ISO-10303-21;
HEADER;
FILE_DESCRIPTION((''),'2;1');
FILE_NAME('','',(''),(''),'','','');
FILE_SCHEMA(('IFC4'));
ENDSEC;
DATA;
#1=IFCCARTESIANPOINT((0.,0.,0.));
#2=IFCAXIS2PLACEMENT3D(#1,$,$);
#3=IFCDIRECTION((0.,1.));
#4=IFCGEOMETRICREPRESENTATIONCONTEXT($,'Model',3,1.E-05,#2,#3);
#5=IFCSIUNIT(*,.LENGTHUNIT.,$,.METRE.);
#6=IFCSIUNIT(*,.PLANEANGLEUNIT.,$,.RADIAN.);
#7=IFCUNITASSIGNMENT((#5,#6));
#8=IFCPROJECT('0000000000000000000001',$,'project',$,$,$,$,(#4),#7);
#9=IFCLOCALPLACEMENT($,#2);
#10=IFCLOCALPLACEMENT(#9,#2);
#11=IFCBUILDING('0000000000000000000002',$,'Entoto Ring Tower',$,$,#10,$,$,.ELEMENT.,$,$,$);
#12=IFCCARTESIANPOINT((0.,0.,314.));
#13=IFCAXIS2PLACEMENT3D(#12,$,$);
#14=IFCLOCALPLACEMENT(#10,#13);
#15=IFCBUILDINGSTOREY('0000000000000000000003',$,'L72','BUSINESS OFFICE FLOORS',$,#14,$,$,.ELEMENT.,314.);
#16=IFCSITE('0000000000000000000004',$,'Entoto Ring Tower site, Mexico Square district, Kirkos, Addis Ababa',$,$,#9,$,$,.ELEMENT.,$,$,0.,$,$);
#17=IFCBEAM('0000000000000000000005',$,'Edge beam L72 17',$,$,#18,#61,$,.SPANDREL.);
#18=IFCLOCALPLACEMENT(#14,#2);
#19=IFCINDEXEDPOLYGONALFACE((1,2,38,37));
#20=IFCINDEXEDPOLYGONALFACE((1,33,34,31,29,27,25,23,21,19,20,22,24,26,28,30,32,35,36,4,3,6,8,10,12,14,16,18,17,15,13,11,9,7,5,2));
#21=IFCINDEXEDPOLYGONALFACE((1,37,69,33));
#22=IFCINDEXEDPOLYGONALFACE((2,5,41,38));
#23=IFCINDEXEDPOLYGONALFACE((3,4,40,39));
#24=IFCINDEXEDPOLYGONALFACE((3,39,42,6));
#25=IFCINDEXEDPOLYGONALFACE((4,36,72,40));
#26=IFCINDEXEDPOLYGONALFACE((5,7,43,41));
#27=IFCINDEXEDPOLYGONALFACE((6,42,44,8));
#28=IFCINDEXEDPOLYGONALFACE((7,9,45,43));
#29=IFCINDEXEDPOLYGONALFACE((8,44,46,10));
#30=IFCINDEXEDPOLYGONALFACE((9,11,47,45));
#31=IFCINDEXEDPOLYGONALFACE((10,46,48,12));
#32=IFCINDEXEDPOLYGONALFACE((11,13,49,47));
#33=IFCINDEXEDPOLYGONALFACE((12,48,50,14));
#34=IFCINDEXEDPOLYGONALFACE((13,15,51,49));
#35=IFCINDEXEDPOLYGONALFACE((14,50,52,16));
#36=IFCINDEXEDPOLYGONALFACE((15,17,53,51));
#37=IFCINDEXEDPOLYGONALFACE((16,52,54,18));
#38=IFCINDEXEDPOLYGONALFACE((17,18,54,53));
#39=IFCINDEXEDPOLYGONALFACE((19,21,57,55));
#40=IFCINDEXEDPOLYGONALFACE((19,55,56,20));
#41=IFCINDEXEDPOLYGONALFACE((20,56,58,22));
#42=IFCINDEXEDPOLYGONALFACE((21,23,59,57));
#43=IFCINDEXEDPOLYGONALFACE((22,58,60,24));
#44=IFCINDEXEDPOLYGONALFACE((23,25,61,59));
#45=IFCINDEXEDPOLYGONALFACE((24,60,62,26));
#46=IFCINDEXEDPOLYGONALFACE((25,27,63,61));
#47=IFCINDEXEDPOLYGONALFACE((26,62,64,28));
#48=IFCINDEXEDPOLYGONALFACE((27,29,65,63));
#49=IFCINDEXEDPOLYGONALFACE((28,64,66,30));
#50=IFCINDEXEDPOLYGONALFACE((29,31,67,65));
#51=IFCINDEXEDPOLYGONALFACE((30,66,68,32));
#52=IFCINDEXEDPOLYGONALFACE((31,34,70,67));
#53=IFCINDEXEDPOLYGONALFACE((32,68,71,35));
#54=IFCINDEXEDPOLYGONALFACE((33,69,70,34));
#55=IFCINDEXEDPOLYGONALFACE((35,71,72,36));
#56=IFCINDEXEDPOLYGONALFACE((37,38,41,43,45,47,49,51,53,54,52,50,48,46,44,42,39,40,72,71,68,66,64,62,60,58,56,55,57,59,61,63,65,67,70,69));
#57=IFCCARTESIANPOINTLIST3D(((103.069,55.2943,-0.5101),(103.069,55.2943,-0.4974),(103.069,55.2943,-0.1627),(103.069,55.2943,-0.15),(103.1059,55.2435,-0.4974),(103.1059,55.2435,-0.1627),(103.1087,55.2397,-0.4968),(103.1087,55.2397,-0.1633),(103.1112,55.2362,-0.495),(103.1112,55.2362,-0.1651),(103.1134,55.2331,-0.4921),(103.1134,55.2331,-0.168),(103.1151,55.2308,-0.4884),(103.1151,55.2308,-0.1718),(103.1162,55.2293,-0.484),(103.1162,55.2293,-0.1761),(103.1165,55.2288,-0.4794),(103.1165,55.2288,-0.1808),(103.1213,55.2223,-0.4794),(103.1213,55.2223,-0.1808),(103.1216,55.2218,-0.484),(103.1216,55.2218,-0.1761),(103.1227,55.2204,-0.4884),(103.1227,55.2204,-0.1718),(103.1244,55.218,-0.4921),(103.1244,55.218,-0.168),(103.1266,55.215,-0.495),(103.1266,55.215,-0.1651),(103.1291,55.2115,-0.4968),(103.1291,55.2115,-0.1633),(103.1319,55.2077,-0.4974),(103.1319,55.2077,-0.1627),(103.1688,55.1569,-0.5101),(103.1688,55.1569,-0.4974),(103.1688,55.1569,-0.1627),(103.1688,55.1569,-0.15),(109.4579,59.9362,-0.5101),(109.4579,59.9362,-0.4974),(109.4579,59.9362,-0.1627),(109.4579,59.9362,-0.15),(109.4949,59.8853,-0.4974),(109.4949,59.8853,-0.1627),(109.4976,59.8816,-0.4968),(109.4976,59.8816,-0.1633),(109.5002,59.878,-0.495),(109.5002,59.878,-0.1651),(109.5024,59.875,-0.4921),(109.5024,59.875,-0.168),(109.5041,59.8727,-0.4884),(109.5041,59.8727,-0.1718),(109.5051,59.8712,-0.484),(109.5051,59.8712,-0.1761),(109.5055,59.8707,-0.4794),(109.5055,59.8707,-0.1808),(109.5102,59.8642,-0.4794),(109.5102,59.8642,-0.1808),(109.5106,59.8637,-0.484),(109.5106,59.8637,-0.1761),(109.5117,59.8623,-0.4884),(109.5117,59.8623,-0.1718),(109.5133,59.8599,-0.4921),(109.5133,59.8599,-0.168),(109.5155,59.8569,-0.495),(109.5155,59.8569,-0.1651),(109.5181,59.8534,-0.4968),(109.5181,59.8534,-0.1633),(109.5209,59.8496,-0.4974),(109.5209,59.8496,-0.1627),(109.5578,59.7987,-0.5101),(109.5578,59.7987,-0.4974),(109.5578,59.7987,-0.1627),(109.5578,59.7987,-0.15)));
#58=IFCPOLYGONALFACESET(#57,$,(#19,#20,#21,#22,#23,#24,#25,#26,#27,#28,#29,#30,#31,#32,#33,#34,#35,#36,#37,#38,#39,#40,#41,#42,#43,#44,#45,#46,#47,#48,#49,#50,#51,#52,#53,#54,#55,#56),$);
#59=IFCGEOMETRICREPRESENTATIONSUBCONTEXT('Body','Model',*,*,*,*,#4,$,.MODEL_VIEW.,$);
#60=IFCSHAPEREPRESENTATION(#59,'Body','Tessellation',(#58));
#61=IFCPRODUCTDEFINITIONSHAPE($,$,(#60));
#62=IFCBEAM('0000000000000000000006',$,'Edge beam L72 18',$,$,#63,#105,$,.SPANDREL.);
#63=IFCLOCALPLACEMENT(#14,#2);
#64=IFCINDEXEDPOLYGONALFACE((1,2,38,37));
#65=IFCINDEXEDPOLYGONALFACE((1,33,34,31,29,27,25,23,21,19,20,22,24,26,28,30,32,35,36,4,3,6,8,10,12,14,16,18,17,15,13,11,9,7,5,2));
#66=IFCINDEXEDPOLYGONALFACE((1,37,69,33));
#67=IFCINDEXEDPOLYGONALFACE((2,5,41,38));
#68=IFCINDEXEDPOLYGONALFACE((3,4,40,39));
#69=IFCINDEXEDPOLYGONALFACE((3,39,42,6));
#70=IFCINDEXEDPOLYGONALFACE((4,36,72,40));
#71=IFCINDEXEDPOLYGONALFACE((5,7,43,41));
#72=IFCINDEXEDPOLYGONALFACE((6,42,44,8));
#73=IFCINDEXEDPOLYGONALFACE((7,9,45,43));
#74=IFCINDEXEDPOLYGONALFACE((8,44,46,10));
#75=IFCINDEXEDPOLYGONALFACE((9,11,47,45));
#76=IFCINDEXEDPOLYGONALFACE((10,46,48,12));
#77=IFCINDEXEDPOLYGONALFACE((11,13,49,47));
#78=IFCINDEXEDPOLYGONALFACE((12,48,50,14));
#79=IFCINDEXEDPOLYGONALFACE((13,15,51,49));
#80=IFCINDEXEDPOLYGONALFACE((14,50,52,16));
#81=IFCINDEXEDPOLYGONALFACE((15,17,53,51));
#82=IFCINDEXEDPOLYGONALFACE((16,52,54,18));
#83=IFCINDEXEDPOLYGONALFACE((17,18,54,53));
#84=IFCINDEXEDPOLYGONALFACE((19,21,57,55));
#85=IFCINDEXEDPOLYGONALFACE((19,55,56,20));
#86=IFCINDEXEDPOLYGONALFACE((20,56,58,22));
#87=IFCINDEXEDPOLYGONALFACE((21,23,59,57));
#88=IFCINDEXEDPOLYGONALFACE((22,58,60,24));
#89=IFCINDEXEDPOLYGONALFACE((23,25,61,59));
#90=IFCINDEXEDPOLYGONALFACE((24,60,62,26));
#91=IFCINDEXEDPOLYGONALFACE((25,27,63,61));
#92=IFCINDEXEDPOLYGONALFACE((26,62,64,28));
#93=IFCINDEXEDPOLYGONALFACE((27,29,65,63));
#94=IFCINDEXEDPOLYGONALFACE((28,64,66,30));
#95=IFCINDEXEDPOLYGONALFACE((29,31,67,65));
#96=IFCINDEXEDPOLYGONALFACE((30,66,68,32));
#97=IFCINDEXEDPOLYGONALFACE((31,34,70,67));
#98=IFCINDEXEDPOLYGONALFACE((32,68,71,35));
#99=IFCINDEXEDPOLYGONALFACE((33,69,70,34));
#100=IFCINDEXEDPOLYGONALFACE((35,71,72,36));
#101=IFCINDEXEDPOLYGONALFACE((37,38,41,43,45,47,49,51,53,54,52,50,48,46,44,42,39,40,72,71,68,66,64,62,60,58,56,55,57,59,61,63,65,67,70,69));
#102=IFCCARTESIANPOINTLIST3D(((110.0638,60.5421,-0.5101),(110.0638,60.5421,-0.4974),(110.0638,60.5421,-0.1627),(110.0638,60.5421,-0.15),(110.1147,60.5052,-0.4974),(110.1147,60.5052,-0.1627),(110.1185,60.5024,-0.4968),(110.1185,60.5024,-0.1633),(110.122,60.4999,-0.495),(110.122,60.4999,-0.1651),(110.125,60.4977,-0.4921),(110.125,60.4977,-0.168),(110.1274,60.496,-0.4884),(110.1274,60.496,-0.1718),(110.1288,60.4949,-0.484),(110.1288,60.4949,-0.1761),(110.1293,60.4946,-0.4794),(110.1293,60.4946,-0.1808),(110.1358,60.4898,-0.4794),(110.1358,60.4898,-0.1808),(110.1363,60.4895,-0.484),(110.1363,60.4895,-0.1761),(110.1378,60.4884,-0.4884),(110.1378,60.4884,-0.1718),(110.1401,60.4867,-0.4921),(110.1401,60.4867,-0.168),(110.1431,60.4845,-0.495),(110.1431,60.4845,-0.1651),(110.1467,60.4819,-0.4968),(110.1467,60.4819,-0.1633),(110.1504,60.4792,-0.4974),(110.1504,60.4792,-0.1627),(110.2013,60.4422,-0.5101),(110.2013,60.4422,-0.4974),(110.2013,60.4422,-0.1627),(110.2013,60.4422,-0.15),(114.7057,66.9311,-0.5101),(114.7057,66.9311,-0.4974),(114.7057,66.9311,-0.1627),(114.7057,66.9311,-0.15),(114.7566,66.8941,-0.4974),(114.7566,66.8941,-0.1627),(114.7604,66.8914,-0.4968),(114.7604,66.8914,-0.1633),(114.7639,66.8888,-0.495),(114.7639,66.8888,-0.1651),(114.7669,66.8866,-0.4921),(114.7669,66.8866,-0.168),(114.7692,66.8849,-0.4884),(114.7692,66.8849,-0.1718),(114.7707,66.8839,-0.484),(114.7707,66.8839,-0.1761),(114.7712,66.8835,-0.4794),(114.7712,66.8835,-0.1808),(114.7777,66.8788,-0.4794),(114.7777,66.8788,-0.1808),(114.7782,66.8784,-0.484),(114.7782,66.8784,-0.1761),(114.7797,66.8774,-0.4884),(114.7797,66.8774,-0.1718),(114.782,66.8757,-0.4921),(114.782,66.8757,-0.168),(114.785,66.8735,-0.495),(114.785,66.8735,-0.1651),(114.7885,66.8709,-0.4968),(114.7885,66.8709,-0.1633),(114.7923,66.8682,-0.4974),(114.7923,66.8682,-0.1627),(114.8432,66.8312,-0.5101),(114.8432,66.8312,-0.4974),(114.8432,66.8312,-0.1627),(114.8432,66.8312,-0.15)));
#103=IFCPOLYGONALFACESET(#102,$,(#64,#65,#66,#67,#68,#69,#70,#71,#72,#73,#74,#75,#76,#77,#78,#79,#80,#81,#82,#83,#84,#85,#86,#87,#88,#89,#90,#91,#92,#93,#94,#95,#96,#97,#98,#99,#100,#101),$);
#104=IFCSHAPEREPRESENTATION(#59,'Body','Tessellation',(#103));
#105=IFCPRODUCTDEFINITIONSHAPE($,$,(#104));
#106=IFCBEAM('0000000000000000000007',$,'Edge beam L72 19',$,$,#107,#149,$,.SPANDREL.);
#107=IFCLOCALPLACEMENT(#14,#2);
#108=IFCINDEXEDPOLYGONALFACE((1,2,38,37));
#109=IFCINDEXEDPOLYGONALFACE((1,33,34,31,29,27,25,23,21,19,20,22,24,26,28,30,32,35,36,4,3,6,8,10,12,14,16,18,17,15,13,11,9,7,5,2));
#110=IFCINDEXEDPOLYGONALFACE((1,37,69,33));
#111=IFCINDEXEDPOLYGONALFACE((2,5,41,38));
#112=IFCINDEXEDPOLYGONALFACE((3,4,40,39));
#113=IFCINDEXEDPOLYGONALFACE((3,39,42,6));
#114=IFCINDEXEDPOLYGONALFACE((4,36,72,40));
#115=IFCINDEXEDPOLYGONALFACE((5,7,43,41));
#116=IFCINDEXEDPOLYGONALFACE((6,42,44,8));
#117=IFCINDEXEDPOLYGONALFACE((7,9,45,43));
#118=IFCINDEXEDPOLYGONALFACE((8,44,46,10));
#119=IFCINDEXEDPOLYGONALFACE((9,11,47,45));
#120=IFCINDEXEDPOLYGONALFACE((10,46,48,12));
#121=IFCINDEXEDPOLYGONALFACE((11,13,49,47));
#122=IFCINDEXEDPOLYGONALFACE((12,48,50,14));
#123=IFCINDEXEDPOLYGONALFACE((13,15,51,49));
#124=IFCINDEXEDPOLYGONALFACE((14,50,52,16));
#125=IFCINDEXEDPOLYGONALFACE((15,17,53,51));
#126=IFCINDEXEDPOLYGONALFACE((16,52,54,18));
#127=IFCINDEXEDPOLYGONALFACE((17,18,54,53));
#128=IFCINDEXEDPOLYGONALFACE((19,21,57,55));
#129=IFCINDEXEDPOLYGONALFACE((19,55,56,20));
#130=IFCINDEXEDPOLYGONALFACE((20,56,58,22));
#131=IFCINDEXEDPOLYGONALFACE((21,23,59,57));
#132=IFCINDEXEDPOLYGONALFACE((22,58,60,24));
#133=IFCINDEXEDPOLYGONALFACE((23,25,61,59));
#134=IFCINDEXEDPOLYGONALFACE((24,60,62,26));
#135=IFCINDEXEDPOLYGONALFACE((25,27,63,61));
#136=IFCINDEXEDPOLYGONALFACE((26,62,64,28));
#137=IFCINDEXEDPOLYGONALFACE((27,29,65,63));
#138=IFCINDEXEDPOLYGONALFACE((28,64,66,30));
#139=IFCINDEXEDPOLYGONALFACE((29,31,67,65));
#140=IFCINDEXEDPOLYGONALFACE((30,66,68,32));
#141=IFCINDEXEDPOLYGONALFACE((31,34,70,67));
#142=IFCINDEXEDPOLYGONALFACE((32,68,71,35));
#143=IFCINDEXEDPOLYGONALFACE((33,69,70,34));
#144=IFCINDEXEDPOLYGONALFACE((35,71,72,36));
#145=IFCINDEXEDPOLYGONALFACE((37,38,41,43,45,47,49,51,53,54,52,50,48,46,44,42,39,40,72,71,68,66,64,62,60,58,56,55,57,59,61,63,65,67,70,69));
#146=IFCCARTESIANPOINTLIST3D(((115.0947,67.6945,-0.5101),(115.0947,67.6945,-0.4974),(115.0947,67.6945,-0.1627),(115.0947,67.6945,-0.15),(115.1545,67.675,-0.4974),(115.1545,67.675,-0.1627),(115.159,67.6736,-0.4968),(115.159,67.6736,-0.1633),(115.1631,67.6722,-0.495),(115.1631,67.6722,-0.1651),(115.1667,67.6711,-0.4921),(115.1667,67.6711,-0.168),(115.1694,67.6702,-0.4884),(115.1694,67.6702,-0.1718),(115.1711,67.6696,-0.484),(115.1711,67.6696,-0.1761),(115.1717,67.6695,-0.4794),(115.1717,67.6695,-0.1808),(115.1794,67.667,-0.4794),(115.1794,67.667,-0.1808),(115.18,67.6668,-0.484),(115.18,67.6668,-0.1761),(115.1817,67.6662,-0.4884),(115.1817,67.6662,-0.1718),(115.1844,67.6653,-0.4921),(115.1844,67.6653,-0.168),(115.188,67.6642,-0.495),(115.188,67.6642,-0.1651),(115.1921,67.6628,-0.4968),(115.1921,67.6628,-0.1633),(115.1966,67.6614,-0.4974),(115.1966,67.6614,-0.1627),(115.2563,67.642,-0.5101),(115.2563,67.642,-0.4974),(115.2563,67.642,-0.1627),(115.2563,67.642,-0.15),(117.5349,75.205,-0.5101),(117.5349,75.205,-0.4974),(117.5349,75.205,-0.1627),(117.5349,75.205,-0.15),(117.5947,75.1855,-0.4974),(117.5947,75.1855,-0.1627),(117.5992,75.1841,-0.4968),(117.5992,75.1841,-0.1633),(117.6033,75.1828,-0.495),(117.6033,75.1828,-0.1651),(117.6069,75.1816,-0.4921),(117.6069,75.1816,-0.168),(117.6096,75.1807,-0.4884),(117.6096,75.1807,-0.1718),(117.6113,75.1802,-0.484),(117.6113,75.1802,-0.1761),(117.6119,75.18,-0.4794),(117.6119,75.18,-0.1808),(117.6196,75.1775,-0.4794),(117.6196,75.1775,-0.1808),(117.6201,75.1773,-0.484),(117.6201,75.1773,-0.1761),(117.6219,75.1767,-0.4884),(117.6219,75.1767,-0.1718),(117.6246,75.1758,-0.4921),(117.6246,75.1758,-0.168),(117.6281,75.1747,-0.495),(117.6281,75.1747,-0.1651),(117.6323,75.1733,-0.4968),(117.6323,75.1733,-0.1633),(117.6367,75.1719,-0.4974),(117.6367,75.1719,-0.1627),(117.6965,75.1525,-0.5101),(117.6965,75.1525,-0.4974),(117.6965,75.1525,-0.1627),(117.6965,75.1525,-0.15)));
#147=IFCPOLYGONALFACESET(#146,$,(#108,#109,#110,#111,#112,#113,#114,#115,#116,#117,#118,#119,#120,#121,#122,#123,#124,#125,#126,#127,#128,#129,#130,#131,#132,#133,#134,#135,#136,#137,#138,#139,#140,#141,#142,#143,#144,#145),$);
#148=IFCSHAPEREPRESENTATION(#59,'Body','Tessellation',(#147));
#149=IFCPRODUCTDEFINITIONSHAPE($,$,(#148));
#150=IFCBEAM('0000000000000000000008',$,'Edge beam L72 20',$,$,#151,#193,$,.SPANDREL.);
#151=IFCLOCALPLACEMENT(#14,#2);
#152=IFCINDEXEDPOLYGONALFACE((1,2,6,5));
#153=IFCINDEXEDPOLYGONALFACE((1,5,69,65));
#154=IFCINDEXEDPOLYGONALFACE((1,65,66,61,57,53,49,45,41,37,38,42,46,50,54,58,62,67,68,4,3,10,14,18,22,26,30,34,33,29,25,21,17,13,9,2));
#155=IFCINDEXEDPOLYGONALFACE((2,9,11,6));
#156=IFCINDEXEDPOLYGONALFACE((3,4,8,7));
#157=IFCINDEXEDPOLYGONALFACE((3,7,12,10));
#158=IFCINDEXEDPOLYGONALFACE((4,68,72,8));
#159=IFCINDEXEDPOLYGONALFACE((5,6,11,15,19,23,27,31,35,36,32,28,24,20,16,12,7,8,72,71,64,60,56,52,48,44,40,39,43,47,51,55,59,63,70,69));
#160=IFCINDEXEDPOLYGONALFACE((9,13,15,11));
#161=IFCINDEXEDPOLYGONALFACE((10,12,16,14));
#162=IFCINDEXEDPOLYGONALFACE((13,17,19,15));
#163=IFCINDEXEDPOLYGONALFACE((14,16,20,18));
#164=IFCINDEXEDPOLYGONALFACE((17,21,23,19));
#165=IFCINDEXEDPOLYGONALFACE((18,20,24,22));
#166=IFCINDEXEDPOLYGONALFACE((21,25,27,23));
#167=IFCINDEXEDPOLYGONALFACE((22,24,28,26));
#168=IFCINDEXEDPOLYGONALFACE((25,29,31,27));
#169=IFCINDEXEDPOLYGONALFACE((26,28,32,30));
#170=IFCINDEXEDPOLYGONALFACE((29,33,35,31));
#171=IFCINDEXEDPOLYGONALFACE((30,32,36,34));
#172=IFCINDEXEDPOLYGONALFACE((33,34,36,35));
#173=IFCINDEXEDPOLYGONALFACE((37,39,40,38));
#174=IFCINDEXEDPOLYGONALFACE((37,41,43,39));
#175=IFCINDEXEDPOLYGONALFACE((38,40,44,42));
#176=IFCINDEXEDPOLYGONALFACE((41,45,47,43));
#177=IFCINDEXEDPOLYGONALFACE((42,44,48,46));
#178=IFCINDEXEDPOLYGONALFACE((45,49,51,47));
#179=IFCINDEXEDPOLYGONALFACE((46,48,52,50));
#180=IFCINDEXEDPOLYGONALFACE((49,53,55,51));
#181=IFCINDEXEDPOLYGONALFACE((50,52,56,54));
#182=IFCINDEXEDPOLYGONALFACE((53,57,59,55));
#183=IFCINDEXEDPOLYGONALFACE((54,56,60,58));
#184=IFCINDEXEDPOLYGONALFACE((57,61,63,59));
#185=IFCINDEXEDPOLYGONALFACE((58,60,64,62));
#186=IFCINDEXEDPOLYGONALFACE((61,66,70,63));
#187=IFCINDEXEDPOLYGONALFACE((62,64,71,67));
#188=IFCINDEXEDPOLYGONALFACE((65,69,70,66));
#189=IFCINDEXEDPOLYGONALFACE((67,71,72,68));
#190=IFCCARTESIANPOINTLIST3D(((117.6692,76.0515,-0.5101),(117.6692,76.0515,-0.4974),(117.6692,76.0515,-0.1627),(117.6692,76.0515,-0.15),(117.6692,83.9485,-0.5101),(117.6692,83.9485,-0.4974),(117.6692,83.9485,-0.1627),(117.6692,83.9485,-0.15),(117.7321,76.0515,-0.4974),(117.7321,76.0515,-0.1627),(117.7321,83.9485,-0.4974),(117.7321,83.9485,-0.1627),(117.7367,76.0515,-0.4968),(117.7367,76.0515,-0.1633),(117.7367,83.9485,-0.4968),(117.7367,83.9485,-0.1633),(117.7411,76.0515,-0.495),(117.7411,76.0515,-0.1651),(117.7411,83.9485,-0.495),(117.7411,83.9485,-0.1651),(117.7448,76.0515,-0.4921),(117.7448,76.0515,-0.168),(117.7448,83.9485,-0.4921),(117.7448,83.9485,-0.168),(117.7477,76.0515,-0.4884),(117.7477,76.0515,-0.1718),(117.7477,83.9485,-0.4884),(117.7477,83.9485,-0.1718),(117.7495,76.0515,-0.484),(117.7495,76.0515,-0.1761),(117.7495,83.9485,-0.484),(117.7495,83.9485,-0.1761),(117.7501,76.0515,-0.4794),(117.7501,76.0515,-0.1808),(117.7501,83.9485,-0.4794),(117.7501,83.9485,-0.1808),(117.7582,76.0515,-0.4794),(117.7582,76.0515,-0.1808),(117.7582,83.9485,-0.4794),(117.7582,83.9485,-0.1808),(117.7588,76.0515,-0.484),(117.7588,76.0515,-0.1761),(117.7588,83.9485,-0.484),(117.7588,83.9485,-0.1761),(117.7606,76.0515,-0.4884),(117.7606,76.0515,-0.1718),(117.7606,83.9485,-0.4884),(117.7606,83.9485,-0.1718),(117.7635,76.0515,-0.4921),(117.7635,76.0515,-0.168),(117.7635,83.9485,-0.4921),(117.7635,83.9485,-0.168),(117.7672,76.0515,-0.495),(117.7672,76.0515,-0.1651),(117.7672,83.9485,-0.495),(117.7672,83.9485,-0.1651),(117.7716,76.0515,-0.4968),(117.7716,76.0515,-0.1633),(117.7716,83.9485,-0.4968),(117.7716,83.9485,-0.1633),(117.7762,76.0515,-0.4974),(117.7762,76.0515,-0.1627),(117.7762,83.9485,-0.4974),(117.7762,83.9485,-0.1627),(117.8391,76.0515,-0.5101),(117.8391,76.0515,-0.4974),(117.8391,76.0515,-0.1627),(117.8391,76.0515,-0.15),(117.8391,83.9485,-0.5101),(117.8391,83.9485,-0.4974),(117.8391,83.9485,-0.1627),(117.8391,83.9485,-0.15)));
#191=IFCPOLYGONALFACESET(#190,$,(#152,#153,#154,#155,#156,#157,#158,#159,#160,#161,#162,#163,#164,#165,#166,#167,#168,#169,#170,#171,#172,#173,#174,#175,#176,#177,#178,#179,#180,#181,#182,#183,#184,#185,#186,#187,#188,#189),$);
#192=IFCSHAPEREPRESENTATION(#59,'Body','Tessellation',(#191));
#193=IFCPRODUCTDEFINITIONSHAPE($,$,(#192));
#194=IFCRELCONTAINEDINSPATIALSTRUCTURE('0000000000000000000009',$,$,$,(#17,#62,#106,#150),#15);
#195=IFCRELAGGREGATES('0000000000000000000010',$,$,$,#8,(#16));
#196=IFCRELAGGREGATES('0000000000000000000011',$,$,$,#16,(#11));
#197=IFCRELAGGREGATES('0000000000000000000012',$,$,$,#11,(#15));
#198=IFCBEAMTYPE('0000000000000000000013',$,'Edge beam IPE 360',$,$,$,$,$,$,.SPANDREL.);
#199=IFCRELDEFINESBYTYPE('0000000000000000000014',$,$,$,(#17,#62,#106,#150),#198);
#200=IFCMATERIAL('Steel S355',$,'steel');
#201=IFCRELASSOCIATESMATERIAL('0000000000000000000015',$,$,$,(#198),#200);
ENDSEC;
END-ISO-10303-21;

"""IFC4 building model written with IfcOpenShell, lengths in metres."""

from ifc_helpers import new_model, si_unit, direction, frame, origin, origin_2d, place, context, subcontext, project, spatial, i_section, extrude, material, material_profile, profile_set, type_object, element, save


model = new_model("IFC4")

# Units and contexts
model_context = context("Model", 3, precision=1e-05, world=origin(), true_north=direction((0.0, 1.0)))
body_context = subcontext(model_context, "Body", "Model", "MODEL_VIEW")
ifc_project = project(units=[si_unit("LENGTHUNIT", "METRE"), si_unit("PLANEANGLEUNIT", "RADIAN")], contexts=[model_context])

# Site, building, storey
site_placement = place(None, origin())
site = spatial("IfcSite", under=ifc_project, at=site_placement, Name="Entoto Ring Tower site, Mexico Square district, Kirkos, Addis Ababa", CompositionType="ELEMENT", RefElevation=0.0)
building_placement = place(site_placement, origin())
building = spatial("IfcBuilding", under=site, at=building_placement, Name="Entoto Ring Tower", CompositionType="ELEMENT")
storey_placement = place(building_placement, frame((0.0, 0.0, 314.0)))
storey = spatial("IfcBuildingStorey", under=building, at=storey_placement, Name="L72", Description="BUSINESS OFFICE FLOORS", CompositionType="ELEMENT", Elevation=314.0)

# Beams
ifc_material_1 = material(Name="Steel S355", Category="steel")
ifc_material_profile_1 = material_profile(ifc_material_1, i_section(OverallWidth=0.1699, OverallDepth=0.3601, WebThickness=0.0081, FlangeThickness=0.0127, FilletRadius=0.0181, at=origin_2d()), Name="IPE 360")
ifc_profile_set_1 = profile_set([ifc_material_profile_1], Name="Steel S355")
beam_type_1 = type_object("IfcBeamType", Name="Edge beam IPE 360", PredefinedType="SPANDREL", material=ifc_profile_set_1)
for number, where, z_axis, x_axis, name in (
    (1, (103.1189, 55.2256, -0.3301), (0.809015, 0.587787, 0.0), (-0.587787, 0.809015, 0.0), "Edge beam L72 17"),
    (2, (110.1326, 60.4922, -0.3301), (0.587787, 0.809015, 0.0), (-0.809015, 0.587787, 0.0), "Edge beam L72 18"),
):
    element("IfcBeam", number, at=place(storey_placement, frame(where, z_axis=z_axis, x_axis=x_axis)), inside=storey, type_object=beam_type_1, Name=name, PredefinedType="SPANDREL", context=body_context, shape_type="SweptSolid", body=[
        extrude(i_section(OverallWidth=0.1699, OverallDepth=0.3601, WebThickness=0.0081, FlangeThickness=0.0127, FilletRadius=0.0181, at=origin_2d()), origin(), (0.0, 0.0, 1.0), 7.8972),
    ])
for number, where, z_axis, x_axis, name in (
    (3, (115.1755, 67.6682, -0.3301), (0.309003, 0.951061, 0.0), (-0.951061, 0.309003, 0.0), "Edge beam L72 19"),
    (4, (117.7542, 76.0515, -0.3301), (0.0, 1.0, 0.0), (-1.0, 0.0, 0.0), "Edge beam L72 20"),
):
    element("IfcBeam", number, at=place(storey_placement, frame(where, z_axis=z_axis, x_axis=x_axis)), inside=storey, type_object=beam_type_1, Name=name, PredefinedType="SPANDREL", context=body_context, shape_type="SweptSolid", body=[
        extrude(i_section(OverallWidth=0.1699, OverallDepth=0.3601, WebThickness=0.0081, FlangeThickness=0.0127, FilletRadius=0.0181, at=origin_2d()), origin(), (0.0, 0.0, 1.0), 7.897),
    ])

save(model, "model.ifc")
